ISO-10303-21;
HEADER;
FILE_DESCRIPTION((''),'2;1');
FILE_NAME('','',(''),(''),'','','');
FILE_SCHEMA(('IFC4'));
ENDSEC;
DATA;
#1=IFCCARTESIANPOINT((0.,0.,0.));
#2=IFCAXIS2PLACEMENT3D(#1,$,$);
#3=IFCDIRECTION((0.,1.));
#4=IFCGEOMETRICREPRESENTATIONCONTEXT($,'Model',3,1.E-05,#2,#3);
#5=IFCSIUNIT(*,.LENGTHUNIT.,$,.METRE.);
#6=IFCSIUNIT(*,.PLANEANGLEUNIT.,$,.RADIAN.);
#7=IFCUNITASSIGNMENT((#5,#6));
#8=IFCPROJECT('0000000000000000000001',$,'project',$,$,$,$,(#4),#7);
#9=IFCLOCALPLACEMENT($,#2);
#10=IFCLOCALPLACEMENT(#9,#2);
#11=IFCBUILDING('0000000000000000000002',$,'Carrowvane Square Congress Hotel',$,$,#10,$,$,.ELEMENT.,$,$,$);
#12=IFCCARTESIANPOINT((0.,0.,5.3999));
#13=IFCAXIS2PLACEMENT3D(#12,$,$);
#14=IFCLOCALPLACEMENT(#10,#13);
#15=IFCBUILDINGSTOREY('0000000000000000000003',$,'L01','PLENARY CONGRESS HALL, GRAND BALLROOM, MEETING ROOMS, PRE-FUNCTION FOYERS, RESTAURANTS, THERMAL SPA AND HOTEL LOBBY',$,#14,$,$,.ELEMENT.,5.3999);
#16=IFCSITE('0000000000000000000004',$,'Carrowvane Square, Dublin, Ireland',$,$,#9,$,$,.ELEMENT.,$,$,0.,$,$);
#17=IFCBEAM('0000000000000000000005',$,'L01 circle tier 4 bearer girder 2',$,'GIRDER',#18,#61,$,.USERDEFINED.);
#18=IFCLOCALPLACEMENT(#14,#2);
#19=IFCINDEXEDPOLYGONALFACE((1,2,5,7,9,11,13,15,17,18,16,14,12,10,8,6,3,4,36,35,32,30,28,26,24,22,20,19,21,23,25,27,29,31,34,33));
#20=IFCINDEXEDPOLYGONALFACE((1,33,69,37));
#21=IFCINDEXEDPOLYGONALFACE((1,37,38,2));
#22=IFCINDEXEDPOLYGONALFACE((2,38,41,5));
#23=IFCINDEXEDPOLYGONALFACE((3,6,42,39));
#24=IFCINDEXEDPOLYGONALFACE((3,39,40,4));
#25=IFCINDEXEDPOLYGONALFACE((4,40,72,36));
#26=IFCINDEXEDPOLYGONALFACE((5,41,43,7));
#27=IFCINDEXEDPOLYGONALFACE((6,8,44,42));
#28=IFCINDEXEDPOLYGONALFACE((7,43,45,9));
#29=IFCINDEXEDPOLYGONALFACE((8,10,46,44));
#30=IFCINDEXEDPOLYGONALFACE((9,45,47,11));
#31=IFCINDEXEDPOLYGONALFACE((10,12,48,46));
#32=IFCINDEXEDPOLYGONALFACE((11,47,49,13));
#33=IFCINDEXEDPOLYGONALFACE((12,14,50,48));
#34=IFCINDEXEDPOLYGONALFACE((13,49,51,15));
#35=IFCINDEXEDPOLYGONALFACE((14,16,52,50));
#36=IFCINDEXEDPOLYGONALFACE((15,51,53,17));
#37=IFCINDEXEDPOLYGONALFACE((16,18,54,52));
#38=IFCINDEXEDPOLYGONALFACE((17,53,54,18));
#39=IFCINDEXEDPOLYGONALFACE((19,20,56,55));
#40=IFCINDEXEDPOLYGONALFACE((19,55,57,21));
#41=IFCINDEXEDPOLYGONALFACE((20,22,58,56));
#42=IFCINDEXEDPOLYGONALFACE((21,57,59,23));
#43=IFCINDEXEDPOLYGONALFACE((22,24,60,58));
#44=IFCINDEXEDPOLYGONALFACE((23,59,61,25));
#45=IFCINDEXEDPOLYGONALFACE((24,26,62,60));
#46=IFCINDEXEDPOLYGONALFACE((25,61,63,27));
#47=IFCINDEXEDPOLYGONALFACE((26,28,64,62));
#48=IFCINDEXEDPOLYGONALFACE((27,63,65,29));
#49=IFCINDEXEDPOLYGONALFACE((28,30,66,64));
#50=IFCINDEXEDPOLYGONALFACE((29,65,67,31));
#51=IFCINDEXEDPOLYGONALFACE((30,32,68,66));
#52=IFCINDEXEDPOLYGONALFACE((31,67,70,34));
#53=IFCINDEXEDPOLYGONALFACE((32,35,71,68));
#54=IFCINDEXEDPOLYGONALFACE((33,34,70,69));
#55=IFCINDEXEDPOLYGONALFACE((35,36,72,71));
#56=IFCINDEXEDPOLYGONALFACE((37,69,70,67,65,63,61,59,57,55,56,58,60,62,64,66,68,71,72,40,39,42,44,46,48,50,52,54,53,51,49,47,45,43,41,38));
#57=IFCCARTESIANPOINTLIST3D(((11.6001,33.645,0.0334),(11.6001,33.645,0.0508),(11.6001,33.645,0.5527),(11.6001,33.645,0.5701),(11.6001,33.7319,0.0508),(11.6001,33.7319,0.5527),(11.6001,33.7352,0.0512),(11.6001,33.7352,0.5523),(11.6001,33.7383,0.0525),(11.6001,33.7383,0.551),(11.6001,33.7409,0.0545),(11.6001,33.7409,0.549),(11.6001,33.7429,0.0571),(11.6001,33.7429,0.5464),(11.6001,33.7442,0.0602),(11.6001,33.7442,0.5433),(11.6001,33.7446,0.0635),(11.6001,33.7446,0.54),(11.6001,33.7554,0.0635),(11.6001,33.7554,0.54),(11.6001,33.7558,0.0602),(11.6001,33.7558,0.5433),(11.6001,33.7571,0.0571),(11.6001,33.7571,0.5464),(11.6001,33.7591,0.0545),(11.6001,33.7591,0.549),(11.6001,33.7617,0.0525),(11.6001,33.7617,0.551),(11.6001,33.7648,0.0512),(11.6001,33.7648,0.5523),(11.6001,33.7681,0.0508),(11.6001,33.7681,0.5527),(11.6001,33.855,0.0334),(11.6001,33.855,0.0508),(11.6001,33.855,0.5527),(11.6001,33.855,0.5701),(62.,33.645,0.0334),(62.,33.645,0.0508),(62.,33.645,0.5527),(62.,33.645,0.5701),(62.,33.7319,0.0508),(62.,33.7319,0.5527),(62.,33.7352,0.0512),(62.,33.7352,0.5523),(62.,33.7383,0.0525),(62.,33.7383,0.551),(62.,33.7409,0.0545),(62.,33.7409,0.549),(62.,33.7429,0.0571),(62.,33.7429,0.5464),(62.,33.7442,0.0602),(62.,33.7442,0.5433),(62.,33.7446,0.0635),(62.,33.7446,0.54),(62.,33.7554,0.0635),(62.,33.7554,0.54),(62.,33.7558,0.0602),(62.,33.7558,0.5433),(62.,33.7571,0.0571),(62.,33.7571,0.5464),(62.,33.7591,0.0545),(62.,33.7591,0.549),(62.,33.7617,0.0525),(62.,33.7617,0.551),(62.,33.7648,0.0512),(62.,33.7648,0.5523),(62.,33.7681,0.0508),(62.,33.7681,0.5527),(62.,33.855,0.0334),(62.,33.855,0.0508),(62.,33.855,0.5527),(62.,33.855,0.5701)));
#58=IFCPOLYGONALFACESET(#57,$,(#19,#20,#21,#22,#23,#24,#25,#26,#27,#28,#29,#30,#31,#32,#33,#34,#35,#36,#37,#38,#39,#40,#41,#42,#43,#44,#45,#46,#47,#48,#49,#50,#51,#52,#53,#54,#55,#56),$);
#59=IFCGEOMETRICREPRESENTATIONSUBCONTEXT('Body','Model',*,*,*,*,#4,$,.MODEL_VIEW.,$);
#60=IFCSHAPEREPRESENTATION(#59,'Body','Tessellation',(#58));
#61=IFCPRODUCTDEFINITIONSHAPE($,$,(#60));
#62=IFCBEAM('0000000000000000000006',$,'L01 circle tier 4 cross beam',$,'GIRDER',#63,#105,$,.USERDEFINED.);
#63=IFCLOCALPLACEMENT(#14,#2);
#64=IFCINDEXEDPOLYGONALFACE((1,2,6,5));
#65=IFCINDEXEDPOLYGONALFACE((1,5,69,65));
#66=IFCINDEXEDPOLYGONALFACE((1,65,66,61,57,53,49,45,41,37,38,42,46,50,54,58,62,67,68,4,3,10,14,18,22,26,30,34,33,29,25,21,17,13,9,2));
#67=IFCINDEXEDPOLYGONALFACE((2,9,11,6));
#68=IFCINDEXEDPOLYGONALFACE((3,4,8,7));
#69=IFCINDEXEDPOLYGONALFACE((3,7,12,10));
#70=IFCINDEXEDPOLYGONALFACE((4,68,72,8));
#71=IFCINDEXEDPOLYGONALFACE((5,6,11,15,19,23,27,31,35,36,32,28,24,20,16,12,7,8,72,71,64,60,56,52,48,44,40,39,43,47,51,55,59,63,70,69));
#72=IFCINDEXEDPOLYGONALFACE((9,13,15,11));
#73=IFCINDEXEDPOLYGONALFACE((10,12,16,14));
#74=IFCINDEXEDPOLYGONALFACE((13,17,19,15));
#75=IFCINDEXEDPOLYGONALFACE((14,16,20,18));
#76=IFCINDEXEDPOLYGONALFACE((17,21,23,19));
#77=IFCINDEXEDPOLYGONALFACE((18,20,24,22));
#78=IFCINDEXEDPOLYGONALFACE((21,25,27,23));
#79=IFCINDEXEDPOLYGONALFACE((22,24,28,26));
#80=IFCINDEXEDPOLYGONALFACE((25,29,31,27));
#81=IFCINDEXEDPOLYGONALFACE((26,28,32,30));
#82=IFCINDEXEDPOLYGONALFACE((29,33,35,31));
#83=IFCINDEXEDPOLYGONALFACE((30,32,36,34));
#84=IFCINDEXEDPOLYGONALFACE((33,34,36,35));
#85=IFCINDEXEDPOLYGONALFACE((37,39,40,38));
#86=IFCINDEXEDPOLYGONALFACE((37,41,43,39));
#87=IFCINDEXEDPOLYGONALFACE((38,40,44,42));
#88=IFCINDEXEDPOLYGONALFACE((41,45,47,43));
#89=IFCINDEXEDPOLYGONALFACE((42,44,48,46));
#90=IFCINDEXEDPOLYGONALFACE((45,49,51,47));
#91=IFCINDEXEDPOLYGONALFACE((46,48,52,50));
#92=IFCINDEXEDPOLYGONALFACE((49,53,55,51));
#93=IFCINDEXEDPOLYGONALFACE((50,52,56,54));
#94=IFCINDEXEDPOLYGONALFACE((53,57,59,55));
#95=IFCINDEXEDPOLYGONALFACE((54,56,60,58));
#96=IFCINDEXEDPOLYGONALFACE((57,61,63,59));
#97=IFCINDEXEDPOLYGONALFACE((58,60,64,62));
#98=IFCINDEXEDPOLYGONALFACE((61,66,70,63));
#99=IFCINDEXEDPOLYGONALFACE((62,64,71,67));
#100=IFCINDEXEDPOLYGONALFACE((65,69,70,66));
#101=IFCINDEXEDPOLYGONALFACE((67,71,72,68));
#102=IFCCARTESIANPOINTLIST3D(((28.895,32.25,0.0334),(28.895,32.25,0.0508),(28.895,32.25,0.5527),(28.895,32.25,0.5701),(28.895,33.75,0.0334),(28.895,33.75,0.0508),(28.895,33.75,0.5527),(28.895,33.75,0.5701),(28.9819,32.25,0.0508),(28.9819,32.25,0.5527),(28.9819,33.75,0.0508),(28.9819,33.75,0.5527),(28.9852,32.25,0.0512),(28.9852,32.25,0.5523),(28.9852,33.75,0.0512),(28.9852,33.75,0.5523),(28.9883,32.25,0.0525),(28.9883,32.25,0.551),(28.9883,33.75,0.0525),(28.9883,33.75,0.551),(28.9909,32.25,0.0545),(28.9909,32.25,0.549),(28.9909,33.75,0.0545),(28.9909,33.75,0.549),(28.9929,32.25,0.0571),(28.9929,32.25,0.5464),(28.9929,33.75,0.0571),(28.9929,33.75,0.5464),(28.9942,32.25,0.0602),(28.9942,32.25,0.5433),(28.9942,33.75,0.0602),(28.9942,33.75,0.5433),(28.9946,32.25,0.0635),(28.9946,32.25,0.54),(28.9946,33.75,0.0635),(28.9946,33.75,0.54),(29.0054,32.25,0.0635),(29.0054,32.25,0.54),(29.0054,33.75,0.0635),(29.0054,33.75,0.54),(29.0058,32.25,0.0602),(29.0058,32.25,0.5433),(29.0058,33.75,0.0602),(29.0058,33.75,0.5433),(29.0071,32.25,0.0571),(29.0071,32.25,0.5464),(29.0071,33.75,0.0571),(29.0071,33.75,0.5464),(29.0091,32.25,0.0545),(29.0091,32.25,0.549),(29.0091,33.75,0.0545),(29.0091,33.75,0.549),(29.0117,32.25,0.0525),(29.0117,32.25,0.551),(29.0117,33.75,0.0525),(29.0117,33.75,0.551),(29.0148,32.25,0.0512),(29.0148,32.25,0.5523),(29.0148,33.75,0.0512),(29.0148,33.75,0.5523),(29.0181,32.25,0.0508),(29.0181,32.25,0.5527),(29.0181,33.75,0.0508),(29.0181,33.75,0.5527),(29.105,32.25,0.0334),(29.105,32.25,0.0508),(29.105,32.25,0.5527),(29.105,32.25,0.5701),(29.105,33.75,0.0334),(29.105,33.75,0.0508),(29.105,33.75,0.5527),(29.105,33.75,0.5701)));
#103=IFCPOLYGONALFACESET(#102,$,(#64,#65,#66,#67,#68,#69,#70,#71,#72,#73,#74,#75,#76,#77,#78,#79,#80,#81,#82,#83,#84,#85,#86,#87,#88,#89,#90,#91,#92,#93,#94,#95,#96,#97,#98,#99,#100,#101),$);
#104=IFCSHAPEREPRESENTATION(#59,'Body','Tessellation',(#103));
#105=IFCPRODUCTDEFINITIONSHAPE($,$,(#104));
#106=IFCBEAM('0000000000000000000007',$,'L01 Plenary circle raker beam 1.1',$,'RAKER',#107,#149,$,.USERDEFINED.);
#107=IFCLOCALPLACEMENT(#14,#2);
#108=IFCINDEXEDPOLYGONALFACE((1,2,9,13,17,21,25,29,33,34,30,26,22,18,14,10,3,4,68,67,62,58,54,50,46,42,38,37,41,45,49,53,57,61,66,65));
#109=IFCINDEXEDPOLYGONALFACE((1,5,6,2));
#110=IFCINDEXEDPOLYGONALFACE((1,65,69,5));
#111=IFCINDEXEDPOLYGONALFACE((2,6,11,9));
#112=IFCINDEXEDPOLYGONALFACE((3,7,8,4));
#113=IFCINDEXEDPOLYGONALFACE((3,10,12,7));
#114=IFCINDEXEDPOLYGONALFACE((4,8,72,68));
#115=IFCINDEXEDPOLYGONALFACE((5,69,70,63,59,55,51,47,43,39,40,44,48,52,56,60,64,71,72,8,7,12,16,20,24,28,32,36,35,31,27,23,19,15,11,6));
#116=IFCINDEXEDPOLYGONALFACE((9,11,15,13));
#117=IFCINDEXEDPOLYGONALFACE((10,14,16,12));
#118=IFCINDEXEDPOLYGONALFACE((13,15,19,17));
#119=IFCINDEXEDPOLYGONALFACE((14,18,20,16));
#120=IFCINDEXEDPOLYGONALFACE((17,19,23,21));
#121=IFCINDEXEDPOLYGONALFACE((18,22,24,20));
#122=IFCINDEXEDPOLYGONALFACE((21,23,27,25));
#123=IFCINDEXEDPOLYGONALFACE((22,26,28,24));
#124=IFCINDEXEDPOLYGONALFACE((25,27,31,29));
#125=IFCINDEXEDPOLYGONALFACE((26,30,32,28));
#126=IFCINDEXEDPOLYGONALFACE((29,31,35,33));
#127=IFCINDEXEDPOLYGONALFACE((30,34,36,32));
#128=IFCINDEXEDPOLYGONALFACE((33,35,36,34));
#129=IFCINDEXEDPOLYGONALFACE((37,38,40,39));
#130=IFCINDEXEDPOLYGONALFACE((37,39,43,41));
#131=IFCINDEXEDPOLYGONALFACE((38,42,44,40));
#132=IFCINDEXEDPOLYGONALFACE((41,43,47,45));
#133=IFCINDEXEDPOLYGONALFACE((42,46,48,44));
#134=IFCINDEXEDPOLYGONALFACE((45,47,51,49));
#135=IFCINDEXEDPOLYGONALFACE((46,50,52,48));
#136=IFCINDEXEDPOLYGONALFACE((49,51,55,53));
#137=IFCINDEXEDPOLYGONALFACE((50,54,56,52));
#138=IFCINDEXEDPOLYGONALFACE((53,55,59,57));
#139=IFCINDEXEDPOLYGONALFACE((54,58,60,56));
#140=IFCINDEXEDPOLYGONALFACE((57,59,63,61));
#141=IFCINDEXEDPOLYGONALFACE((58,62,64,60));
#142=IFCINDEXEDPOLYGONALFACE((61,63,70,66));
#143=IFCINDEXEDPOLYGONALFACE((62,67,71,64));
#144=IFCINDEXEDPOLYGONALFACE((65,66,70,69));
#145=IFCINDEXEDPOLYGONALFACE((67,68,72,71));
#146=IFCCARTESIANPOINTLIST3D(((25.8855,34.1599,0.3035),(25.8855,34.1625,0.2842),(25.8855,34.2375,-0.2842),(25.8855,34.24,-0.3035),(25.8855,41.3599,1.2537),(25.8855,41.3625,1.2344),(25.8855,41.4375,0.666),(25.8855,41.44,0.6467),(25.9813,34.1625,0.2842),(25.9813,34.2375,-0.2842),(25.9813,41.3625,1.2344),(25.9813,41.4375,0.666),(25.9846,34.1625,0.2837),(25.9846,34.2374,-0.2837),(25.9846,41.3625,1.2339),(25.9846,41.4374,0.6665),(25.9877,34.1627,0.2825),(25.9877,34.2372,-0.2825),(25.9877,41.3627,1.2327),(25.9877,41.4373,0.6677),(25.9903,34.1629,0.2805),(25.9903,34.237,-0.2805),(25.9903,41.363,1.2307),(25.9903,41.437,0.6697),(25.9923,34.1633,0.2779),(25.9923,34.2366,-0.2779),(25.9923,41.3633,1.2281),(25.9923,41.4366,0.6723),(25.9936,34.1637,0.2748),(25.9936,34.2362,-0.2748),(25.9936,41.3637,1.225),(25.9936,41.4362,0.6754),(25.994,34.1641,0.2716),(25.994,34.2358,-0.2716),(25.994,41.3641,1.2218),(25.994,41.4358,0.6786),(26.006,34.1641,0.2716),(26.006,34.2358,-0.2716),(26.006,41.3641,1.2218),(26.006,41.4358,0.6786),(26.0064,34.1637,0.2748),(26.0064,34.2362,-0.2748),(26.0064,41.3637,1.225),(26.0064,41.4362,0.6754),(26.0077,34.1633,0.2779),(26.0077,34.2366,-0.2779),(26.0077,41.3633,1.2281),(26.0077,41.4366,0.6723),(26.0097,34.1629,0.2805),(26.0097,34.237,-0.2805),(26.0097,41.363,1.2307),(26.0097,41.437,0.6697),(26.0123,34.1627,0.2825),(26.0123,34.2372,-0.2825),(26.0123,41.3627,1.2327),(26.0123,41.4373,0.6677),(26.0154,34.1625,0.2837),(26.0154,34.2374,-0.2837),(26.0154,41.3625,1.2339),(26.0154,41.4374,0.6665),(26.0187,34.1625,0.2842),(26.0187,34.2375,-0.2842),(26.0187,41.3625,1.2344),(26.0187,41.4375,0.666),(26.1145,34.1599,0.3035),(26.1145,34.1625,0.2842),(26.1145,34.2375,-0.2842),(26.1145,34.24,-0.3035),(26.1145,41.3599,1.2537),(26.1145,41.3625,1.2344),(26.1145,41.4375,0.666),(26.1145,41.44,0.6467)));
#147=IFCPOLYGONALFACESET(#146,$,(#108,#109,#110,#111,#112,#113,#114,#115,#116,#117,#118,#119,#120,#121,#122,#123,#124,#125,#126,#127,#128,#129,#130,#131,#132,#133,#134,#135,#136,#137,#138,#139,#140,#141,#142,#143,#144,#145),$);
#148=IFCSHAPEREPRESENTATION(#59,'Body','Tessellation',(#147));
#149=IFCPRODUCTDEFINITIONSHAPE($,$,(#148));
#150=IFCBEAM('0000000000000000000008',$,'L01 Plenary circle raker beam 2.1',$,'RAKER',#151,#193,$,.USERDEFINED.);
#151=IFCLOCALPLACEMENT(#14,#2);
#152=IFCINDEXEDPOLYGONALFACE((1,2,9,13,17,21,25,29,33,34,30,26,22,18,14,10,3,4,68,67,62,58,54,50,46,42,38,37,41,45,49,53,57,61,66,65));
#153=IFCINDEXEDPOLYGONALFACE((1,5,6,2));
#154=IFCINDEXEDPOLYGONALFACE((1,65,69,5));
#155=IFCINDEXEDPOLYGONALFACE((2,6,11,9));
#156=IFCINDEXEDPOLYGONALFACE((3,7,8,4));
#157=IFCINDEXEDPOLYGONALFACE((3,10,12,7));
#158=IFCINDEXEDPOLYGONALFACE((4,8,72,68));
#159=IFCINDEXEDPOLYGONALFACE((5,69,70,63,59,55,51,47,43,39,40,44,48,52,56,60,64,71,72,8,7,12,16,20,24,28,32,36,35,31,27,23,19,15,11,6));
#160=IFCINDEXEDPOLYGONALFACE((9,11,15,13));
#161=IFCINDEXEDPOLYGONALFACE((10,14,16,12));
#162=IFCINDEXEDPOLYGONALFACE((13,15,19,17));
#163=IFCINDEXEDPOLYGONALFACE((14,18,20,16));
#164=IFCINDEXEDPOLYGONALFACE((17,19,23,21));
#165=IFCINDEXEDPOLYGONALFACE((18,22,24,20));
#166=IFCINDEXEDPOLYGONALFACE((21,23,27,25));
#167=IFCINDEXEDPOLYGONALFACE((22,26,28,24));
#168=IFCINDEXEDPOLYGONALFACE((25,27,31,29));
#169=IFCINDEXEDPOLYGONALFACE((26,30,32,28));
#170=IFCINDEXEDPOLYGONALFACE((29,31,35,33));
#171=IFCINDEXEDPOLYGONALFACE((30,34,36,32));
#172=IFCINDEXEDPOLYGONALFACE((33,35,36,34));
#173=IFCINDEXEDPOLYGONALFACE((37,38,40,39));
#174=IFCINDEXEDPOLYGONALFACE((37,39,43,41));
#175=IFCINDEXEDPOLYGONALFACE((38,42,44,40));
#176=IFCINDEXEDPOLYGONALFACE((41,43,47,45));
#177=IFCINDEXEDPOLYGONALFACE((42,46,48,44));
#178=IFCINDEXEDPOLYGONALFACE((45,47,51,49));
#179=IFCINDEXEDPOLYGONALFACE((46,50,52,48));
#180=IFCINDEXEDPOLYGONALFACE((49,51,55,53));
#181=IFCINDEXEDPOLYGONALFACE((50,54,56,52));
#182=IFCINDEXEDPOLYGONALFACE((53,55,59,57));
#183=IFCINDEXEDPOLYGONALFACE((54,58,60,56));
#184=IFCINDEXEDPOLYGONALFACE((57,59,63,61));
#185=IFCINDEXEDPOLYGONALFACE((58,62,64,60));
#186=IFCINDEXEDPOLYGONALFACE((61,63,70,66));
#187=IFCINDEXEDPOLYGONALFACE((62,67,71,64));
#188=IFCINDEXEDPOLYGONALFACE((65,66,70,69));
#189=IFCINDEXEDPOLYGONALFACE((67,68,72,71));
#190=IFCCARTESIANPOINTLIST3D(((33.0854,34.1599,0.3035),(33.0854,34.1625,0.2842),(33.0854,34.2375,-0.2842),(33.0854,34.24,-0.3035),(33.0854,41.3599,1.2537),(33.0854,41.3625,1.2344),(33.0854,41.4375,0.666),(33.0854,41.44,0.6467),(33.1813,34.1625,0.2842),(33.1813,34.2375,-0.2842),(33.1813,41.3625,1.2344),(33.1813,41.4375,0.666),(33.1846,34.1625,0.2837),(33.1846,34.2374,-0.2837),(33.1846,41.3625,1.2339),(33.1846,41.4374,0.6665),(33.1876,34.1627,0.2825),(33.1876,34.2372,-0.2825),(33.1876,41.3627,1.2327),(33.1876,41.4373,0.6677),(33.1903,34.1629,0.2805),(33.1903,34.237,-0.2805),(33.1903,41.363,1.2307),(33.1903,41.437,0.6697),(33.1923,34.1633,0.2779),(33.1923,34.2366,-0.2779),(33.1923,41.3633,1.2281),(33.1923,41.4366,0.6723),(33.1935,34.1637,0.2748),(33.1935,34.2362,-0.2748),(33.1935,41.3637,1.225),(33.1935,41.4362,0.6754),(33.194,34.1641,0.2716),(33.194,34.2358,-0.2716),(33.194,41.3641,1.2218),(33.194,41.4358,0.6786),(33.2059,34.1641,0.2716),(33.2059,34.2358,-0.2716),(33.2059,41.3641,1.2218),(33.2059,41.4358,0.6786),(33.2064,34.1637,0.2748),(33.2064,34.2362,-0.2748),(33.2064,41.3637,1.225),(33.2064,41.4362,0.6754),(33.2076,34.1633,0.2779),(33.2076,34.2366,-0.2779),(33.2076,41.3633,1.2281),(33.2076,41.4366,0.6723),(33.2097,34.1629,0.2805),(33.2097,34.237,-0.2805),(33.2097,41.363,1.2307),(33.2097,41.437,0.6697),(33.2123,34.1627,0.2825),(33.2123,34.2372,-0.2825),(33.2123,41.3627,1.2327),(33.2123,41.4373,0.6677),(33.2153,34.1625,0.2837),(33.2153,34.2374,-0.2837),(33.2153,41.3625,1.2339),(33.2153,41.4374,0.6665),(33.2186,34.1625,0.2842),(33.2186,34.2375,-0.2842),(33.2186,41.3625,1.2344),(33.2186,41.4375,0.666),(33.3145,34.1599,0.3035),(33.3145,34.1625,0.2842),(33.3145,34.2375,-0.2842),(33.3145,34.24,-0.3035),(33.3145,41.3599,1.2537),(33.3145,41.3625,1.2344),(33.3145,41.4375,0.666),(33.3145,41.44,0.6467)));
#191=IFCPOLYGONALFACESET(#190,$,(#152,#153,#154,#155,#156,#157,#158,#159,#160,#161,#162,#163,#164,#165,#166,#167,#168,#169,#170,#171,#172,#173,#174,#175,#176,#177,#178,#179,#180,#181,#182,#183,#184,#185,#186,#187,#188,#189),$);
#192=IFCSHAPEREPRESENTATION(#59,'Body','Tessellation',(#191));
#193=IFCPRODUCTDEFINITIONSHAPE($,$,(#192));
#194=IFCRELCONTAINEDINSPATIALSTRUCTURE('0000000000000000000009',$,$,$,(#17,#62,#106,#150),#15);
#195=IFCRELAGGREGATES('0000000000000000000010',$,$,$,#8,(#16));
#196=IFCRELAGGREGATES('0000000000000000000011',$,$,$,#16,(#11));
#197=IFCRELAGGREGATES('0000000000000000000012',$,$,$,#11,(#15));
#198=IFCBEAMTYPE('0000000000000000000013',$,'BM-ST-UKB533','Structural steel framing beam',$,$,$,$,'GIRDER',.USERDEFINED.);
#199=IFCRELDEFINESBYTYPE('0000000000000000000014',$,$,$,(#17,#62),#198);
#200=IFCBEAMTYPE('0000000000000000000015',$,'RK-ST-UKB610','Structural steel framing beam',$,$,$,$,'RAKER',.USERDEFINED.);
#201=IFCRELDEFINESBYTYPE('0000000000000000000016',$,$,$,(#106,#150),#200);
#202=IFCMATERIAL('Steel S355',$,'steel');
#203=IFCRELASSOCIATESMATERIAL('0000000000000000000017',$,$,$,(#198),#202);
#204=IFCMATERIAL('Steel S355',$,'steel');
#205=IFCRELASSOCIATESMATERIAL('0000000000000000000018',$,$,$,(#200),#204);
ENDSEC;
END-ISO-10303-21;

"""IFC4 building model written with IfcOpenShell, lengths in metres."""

from ifc_helpers import new_model, si_unit, direction, frame, origin, origin_2d, place, context, subcontext, project, spatial, i_section, extrude, material, material_profile, profile_set, type_object, element, save


model = new_model("IFC4")

# Units and contexts
model_context = context("Model", 3, precision=1e-05, world=origin(), true_north=direction((0.0, 1.0)))
body_context = subcontext(model_context, "Body", "Model", "MODEL_VIEW")
ifc_project = project(units=[si_unit("LENGTHUNIT", "METRE"), si_unit("PLANEANGLEUNIT", "RADIAN")], contexts=[model_context])

# Site, building, storey
site_placement = place(None, origin())
site = spatial("IfcSite", under=ifc_project, at=site_placement, Name="Carrowvane Square, Dublin, Ireland", CompositionType="ELEMENT", RefElevation=0.0)
building_placement = place(site_placement, origin())
building = spatial("IfcBuilding", under=site, at=building_placement, Name="Carrowvane Square Congress Hotel", CompositionType="ELEMENT")
storey_placement = place(building_placement, frame((0.0, 0.0, 5.3999)))
storey = spatial("IfcBuildingStorey", under=building, at=storey_placement, Name="L01", Description="PLENARY CONGRESS HALL, GRAND BALLROOM, MEETING ROOMS, PRE-FUNCTION FOYERS, RESTAURANTS, THERMAL SPA AND HOTEL LOBBY", CompositionType="ELEMENT", Elevation=5.3999)

# Beams
ifc_material_1 = material(Name="Steel S355", Category="steel")
ifc_material_profile_1 = material_profile(ifc_material_1, i_section(OverallWidth=0.21, OverallDepth=0.5366, WebThickness=0.0107, FlangeThickness=0.0173, FilletRadius=0.0127, at=origin_2d()), Name="UKB 533x210x101")
ifc_profile_set_1 = profile_set([ifc_material_profile_1], Name="Steel S355")
beam_type_1 = type_object("IfcBeamType", Name="BM-ST-UKB533", Description="Structural steel framing beam", ElementType="GIRDER", PredefinedType="USERDEFINED", material=ifc_profile_set_1)
for number, where, z_axis, x_axis, name in (
    (1, (11.6001, 33.75, 0.3018), (1.0, 0.0, 0.0), (0.0, 1.0, 0.0), "L01 circle tier 4 bearer girder 2"),
):
    element("IfcBeam", number, at=place(storey_placement, frame(where, z_axis=z_axis, x_axis=x_axis)), inside=storey, type_object=beam_type_1, Name=name, ObjectType="GIRDER", PredefinedType="USERDEFINED", context=body_context, shape_type="SweptSolid", body=[
        extrude(i_section(OverallWidth=0.21, OverallDepth=0.5366, WebThickness=0.0107, FlangeThickness=0.0173, FilletRadius=0.0127, at=origin_2d()), origin(), (0.0, 0.0, 1.0), 50.3999),
    ])
beam_1_placement = place(storey_placement, frame((29.0, 32.25, 0.3018), z_axis=(0.0, 1.0, 0.0), x_axis=(-1.0, 0.0, 0.0)))
element("IfcBeam", 2, at=beam_1_placement, inside=storey, type_object=beam_type_1, Name="L01 circle tier 4 cross beam", ObjectType="GIRDER", PredefinedType="USERDEFINED", context=body_context, shape_type="SweptSolid", body=[
    extrude(i_section(OverallWidth=0.21, OverallDepth=0.5366, WebThickness=0.0107, FlangeThickness=0.0173, FilletRadius=0.0127, at=origin_2d()), origin(), (0.0, 0.0, 1.0), 1.5),
])
ifc_material_2 = material(Name="Steel S355", Category="steel")
ifc_material_profile_2 = material_profile(ifc_material_2, i_section(OverallWidth=0.229, OverallDepth=0.6123, WebThickness=0.012, FlangeThickness=0.0195, FilletRadius=0.0127, at=origin_2d()), Name="UKB 610x229x125")
ifc_profile_set_2 = profile_set([ifc_material_profile_2], Name="Steel S355")
beam_type_2 = type_object("IfcBeamType", Name="RK-ST-UKB610", Description="Structural steel framing beam", ElementType="RAKER", PredefinedType="USERDEFINED", material=ifc_profile_set_2)
for number, where, z_axis, x_axis, name in (
    (3, (26.0, 34.2, 0.0), (0.0, 0.991404, 0.130838), (-1.0, 0.0, 0.0), "L01 Plenary circle raker beam 1.1"),
    (4, (33.2, 34.2, 0.0), (0.0, 0.991404, 0.130838), (-1.0, 0.0, 0.0), "L01 Plenary circle raker beam 2.1"),
):
    element("IfcBeam", number, at=place(storey_placement, frame(where, z_axis=z_axis, x_axis=x_axis)), inside=storey, type_object=beam_type_2, Name=name, ObjectType="RAKER", PredefinedType="USERDEFINED", context=body_context, shape_type="SweptSolid", body=[
        extrude(i_section(OverallWidth=0.229, OverallDepth=0.6123, WebThickness=0.012, FlangeThickness=0.0195, FilletRadius=0.0127, at=origin_2d()), origin(), (0.0, 0.0, 1.0), 7.2625),
    ])

save(model, "model.ifc")
